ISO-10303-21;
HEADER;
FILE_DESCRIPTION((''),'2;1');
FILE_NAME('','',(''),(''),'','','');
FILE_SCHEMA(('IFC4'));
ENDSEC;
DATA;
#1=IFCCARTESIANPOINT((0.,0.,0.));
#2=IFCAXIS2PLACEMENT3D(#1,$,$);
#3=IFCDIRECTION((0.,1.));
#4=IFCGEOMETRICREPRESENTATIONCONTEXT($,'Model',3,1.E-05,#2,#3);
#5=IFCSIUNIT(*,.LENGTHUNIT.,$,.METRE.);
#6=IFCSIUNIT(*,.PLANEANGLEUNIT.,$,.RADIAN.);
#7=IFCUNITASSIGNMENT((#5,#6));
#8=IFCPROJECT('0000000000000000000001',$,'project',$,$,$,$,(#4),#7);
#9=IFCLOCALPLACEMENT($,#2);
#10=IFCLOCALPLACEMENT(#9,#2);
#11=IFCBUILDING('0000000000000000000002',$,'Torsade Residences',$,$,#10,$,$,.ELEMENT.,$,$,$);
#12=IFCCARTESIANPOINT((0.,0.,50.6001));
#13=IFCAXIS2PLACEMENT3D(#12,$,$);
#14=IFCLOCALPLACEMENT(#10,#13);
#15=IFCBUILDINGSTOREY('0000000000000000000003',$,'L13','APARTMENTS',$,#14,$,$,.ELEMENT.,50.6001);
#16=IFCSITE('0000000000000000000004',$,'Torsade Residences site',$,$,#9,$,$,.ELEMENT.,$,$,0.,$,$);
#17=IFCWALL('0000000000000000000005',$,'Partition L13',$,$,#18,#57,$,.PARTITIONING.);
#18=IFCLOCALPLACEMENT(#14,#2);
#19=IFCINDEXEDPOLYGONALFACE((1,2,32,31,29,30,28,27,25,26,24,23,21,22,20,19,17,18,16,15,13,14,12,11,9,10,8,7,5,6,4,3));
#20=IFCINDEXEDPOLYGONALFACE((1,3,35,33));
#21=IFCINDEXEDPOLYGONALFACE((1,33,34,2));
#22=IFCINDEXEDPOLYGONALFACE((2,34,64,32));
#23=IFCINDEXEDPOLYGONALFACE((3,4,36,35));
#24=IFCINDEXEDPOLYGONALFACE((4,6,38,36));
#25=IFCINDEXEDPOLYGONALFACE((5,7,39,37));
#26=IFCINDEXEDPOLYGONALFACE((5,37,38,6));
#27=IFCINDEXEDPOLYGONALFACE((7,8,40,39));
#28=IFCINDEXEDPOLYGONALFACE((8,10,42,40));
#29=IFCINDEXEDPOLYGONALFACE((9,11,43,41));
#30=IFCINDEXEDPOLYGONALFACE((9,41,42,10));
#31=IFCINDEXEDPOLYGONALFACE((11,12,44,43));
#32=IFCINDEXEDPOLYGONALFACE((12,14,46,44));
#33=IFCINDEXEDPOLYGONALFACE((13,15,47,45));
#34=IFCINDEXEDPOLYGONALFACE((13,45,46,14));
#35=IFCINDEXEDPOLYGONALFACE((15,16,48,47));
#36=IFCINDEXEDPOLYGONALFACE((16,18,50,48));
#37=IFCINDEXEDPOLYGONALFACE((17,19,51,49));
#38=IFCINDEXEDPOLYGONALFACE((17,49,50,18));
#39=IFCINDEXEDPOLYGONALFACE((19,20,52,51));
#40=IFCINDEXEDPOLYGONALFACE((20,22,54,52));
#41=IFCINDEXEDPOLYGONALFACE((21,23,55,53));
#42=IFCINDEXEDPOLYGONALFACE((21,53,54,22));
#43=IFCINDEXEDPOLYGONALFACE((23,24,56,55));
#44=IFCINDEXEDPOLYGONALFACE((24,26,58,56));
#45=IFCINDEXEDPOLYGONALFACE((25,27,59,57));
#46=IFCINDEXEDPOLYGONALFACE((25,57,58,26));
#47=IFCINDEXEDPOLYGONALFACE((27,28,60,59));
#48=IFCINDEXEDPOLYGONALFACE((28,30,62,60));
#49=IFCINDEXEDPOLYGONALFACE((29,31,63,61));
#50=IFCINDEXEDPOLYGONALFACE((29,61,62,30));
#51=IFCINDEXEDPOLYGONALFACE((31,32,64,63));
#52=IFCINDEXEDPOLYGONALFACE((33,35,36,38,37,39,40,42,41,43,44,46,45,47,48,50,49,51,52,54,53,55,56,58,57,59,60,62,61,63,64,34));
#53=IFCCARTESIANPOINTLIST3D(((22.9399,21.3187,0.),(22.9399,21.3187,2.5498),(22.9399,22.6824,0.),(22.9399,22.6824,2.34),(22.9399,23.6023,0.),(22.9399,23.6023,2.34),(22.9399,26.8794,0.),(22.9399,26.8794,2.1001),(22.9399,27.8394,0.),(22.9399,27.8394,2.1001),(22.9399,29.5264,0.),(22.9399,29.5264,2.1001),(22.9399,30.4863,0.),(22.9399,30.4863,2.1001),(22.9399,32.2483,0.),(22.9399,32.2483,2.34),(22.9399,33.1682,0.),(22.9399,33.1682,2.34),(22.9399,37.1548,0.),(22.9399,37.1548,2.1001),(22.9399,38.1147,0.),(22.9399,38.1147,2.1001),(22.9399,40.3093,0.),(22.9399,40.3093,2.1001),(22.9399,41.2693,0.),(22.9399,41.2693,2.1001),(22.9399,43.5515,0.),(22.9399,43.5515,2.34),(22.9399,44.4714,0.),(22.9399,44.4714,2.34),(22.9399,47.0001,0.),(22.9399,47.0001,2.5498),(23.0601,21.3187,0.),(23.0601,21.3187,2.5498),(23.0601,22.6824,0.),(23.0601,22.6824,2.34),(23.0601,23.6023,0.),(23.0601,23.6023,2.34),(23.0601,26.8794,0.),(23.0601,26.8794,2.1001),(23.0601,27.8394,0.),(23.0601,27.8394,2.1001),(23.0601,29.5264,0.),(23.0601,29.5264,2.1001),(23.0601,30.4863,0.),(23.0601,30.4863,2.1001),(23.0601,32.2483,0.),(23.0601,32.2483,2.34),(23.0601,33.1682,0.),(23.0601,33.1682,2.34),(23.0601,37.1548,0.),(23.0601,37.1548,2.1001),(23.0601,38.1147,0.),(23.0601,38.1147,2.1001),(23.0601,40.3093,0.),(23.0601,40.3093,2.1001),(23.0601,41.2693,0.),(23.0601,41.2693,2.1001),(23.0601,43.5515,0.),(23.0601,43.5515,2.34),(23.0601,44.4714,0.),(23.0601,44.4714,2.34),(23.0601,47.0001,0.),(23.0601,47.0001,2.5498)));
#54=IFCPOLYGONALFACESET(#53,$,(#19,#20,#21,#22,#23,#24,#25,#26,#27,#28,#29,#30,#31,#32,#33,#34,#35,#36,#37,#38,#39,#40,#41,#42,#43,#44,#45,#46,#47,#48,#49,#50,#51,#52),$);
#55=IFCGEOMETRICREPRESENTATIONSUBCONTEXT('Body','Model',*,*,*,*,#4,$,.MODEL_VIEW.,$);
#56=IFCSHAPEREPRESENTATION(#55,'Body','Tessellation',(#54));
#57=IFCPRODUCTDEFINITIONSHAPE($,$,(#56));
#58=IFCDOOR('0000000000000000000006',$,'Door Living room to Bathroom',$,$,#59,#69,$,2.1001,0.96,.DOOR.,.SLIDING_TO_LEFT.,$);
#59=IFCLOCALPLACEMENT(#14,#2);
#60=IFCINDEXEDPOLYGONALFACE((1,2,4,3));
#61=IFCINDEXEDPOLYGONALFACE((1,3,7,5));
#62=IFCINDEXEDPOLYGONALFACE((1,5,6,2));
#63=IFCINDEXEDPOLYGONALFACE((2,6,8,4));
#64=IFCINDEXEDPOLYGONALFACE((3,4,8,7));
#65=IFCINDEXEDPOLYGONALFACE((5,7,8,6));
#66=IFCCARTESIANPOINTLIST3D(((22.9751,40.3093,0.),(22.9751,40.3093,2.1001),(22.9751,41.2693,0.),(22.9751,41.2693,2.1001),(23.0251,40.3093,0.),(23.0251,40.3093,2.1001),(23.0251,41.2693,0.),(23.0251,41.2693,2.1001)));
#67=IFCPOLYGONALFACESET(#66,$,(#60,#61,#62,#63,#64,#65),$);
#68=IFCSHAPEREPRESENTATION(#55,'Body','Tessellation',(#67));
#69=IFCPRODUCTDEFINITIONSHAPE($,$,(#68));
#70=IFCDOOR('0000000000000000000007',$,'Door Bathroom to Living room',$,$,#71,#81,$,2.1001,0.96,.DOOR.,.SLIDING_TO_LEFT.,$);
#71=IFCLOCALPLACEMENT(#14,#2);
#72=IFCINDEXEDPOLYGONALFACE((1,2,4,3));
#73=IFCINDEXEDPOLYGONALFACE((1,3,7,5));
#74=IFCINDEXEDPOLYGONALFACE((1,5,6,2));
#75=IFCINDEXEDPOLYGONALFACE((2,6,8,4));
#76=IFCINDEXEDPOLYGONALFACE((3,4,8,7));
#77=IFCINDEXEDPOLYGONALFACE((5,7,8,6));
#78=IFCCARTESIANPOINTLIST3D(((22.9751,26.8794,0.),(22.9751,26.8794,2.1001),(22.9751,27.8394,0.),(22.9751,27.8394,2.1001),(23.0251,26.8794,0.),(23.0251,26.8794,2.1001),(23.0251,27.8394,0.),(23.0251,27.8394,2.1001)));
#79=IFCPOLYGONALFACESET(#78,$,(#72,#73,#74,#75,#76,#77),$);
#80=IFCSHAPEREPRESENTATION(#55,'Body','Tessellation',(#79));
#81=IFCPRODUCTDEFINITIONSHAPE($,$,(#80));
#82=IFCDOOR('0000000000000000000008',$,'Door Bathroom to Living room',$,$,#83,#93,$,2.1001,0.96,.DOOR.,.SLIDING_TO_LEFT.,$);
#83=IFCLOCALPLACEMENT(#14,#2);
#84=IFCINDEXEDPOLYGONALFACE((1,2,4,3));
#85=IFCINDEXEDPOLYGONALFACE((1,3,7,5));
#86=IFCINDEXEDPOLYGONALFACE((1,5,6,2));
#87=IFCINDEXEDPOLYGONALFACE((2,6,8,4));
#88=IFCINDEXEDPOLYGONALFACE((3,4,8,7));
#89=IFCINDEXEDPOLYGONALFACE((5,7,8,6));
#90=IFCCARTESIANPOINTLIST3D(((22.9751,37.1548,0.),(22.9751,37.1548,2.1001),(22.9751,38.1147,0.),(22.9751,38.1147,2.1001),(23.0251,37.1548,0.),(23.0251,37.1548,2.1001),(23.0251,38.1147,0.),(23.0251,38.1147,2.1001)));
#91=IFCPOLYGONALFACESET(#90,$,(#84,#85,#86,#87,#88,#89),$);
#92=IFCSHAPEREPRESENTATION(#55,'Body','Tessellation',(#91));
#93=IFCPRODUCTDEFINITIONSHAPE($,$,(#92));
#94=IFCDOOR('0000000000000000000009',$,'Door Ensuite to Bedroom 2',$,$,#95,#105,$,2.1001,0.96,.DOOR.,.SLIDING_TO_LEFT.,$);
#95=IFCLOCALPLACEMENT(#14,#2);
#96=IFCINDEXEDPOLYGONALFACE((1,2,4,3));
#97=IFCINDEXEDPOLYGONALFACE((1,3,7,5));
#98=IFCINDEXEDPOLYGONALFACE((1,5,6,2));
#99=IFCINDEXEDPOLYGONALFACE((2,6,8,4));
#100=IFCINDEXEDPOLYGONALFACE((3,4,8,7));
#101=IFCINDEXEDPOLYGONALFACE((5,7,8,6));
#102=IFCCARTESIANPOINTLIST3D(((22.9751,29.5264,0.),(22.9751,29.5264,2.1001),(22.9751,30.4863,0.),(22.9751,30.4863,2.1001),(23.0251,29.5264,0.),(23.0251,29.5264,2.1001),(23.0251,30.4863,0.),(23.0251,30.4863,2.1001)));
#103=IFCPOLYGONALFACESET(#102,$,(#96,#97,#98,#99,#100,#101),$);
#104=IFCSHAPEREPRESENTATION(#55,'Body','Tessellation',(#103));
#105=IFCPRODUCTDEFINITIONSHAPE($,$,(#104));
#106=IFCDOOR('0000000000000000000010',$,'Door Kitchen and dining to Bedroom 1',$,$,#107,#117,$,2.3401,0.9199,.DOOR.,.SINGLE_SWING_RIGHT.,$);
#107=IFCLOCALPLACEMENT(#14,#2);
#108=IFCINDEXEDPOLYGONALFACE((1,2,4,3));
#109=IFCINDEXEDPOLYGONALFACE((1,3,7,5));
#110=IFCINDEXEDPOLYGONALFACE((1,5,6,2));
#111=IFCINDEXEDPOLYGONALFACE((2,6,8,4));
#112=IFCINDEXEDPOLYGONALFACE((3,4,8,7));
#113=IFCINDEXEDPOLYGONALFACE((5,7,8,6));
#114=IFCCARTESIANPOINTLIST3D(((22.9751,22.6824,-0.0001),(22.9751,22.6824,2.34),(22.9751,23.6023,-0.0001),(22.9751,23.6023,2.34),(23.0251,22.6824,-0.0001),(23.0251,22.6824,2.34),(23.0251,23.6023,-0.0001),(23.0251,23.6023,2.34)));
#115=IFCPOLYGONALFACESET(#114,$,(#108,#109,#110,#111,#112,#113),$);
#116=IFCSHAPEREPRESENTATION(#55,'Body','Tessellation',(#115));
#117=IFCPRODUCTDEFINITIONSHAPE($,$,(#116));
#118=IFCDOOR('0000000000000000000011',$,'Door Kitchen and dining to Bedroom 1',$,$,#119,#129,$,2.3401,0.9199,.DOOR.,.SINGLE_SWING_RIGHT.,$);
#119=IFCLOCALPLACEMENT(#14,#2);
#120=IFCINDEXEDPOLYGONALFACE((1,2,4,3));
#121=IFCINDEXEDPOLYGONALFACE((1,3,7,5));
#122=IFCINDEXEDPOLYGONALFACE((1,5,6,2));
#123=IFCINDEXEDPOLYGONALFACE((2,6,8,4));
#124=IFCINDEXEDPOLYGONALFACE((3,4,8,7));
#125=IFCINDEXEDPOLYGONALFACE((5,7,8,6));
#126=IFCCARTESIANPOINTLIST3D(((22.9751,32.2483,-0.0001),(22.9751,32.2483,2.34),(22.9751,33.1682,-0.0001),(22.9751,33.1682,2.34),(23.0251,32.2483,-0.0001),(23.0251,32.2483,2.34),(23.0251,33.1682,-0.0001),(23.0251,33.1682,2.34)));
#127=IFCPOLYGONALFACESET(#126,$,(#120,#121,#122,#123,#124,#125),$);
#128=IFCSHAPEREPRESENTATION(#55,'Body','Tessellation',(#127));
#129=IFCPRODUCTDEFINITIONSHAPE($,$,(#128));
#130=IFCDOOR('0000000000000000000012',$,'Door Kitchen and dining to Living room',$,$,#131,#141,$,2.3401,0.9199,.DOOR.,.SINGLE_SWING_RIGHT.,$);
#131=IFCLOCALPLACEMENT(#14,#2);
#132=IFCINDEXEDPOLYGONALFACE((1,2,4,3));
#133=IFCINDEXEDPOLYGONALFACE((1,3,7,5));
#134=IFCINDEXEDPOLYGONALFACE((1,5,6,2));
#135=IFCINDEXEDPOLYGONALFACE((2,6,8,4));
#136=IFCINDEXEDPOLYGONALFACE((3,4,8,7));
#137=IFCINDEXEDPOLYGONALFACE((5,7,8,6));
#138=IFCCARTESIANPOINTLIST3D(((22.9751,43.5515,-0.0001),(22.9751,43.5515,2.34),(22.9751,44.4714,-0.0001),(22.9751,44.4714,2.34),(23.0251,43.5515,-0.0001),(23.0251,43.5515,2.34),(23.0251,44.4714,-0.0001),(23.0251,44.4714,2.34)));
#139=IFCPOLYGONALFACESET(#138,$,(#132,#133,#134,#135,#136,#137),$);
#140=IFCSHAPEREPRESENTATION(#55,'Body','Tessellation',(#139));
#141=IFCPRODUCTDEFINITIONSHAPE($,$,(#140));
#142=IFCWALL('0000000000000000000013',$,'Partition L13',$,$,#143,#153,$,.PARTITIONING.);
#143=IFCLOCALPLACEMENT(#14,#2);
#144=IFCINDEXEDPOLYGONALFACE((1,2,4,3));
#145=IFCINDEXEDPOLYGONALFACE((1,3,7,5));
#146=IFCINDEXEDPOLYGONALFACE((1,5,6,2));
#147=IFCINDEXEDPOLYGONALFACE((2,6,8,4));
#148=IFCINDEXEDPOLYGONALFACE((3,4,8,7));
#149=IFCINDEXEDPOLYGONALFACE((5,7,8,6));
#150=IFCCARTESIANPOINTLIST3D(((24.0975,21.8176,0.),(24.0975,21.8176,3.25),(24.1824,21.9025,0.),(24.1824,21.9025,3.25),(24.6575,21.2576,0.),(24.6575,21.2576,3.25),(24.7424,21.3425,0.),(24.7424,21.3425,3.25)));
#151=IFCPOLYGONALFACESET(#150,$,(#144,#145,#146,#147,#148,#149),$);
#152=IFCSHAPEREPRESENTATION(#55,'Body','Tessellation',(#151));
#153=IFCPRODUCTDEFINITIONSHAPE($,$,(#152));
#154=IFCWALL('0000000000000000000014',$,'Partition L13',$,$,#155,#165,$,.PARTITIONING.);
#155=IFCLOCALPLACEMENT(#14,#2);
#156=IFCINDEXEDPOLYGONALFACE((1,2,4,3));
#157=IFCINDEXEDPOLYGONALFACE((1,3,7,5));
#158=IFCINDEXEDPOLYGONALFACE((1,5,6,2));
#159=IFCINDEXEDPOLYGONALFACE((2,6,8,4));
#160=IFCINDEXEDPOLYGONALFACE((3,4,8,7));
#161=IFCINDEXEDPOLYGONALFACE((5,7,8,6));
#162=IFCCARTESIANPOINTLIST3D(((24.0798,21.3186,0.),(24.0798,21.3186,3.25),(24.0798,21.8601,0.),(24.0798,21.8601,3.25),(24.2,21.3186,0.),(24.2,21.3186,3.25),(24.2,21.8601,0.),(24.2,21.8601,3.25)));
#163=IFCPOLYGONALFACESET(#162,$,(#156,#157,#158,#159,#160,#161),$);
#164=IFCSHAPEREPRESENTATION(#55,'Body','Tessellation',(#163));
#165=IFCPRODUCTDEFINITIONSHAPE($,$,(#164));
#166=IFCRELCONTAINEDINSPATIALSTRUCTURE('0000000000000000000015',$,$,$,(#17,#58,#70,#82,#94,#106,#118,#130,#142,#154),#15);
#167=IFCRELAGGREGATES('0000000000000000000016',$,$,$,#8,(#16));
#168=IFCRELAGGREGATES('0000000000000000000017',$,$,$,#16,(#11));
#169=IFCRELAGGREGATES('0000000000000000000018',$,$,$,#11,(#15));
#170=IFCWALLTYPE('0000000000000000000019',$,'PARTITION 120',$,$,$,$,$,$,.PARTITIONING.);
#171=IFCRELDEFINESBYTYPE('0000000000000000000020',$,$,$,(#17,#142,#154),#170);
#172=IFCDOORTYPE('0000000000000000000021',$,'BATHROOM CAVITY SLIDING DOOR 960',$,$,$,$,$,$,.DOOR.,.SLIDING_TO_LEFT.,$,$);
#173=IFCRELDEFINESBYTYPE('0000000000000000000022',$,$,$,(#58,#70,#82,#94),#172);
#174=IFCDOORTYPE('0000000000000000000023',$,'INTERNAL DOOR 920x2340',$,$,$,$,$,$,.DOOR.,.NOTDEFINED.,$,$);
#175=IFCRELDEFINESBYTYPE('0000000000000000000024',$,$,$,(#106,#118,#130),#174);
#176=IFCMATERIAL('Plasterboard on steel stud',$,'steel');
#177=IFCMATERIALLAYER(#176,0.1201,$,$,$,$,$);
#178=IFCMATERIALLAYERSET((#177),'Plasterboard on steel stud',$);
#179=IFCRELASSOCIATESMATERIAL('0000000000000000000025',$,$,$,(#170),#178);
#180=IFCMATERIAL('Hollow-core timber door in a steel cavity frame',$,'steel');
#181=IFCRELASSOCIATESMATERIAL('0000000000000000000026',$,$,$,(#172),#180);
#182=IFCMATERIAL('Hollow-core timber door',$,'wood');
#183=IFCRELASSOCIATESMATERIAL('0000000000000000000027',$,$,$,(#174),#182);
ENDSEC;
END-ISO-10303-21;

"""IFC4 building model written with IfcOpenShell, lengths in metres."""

from ifc_helpers import new_model, si_unit, direction, frame, frame_2d, origin, place, context, subcontext, project, spatial, rectangle, extrude, material, layer, layer_set, type_object, element, fill, save


model = new_model("IFC4")

# Units and contexts
model_context = context("Model", 3, precision=1e-05, world=origin(), true_north=direction((0.0, 1.0)))
body_context = subcontext(model_context, "Body", "Model", "MODEL_VIEW")
ifc_project = project(units=[si_unit("LENGTHUNIT", "METRE"), si_unit("PLANEANGLEUNIT", "RADIAN")], contexts=[model_context])

# Site, building, storey
site_placement = place(None, origin())
site = spatial("IfcSite", under=ifc_project, at=site_placement, Name="Torsade Residences site", CompositionType="ELEMENT", RefElevation=0.0)
building_placement = place(site_placement, origin())
building = spatial("IfcBuilding", under=site, at=building_placement, Name="Torsade Residences", CompositionType="ELEMENT")
storey_placement = place(building_placement, frame((0.0, 0.0, 50.6001)))
storey = spatial("IfcBuildingStorey", under=building, at=storey_placement, Name="L13", Description="APARTMENTS", CompositionType="ELEMENT", Elevation=50.6001)

# Shared definitions
ifc_material_1 = material(Name="Plasterboard on steel stud", Category="steel")
ifc_layer_1 = layer(ifc_material_1, 0.1201)
ifc_layer_set_1 = layer_set([ifc_layer_1], Name="Plasterboard on steel stud")
wall_type_1 = type_object("IfcWallType", Name="PARTITION 120", PredefinedType="PARTITIONING", material=ifc_layer_set_1)
ifc_material_2 = material(Name="Hollow-core timber door in a steel cavity frame", Category="steel")
door_type_1 = type_object("IfcDoorType", Name="BATHROOM CAVITY SLIDING DOOR 960", OperationType="SLIDING_TO_LEFT", PredefinedType="DOOR", material=ifc_material_2)

# Wall, openings, doors
wall_1_placement = place(storey_placement, frame((23.0, 21.3186, 0.0), z_axis=(0.0, 0.0, 1.0), x_axis=(0.0, 1.0, 0.0)))
wall_1 = element("IfcWall", 1, at=wall_1_placement, inside=storey, type_object=wall_type_1, Name="Partition L13", PredefinedType="PARTITIONING", context=body_context, shape_type="SweptSolid", body=[
    extrude(rectangle(XDim=25.6814, YDim=0.1201, at=frame_2d((12.8408, 0.0))), origin(), (0.0, 0.0, 1.0), 2.5498),
])
opening_1_placement = place(wall_1_placement, frame((1.3638, 0.0, 0.0)))
opening_1 = element("IfcOpeningElement", 2, at=opening_1_placement, cuts=wall_1, PredefinedType="OPENING", context=body_context, shape_type="SweptSolid", body=[
    extrude(rectangle(XDim=0.9199, YDim=2.3401, at=frame_2d((0.46, 1.1699))), frame((0.0, 0.0701, 0.0), z_axis=(0.0, -1.0, 0.0), x_axis=(1.0, 0.0, 0.0)), (0.0, 0.0, 1.0), 0.1401),
])
opening_2_placement = place(wall_1_placement, frame((10.9297, 0.0, 0.0)))
opening_2 = element("IfcOpeningElement", 3, at=opening_2_placement, cuts=wall_1, PredefinedType="OPENING", context=body_context, shape_type="SweptSolid", body=[
    extrude(rectangle(XDim=0.9199, YDim=2.3401, at=frame_2d((0.46, 1.1699))), frame((0.0, 0.0701, 0.0), z_axis=(0.0, -1.0, 0.0), x_axis=(1.0, 0.0, 0.0)), (0.0, 0.0, 1.0), 0.1401),
])
opening_3_placement = place(wall_1_placement, frame((22.2329, 0.0, 0.0)))
opening_3 = element("IfcOpeningElement", 4, at=opening_3_placement, cuts=wall_1, PredefinedType="OPENING", context=body_context, shape_type="SweptSolid", body=[
    extrude(rectangle(XDim=0.9199, YDim=2.3401, at=frame_2d((0.46, 1.1699))), frame((0.0, 0.0701, 0.0), z_axis=(0.0, -1.0, 0.0), x_axis=(1.0, 0.0, 0.0)), (0.0, 0.0, 1.0), 0.1401),
])
opening_4_placement = place(wall_1_placement, frame((18.9907, 0.0, 0.0)))
opening_4 = element("IfcOpeningElement", 5, at=opening_4_placement, cuts=wall_1, PredefinedType="OPENING", context=body_context, shape_type="SweptSolid", body=[
    extrude(rectangle(XDim=0.96, YDim=2.1001, at=frame_2d((0.48, 1.05))), frame((0.0, 0.0701, 0.0), z_axis=(0.0, -1.0, 0.0), x_axis=(1.0, 0.0, 0.0)), (0.0, 0.0, 1.0), 0.1401),
])
opening_5_placement = place(wall_1_placement, frame((5.5608, 0.0, 0.0)))
opening_5 = element("IfcOpeningElement", 6, at=opening_5_placement, cuts=wall_1, PredefinedType="OPENING", context=body_context, shape_type="SweptSolid", body=[
    extrude(rectangle(XDim=0.96, YDim=2.1001, at=frame_2d((0.48, 1.05))), frame((0.0, 0.0701, 0.0), z_axis=(0.0, -1.0, 0.0), x_axis=(1.0, 0.0, 0.0)), (0.0, 0.0, 1.0), 0.1401),
])
opening_6_placement = place(wall_1_placement, frame((15.8362, 0.0, 0.0)))
opening_6 = element("IfcOpeningElement", 7, at=opening_6_placement, cuts=wall_1, PredefinedType="OPENING", context=body_context, shape_type="SweptSolid", body=[
    extrude(rectangle(XDim=0.96, YDim=2.1001, at=frame_2d((0.48, 1.05))), frame((0.0, 0.0701, 0.0), z_axis=(0.0, -1.0, 0.0), x_axis=(1.0, 0.0, 0.0)), (0.0, 0.0, 1.0), 0.1401),
])
opening_7_placement = place(wall_1_placement, frame((8.2078, 0.0, 0.0)))
opening_7 = element("IfcOpeningElement", 8, at=opening_7_placement, cuts=wall_1, PredefinedType="OPENING", context=body_context, shape_type="SweptSolid", body=[
    extrude(rectangle(XDim=0.96, YDim=2.1001, at=frame_2d((0.48, 1.05))), frame((0.0, 0.0701, 0.0), z_axis=(0.0, -1.0, 0.0), x_axis=(1.0, 0.0, 0.0)), (0.0, 0.0, 1.0), 0.1401),
])
door_1_placement = place(opening_4_placement, origin())
door_1 = element("IfcDoor", 9, at=door_1_placement, inside=storey, type_object=door_type_1, Name="Door Living room to Bathroom", OperationType="SLIDING_TO_LEFT", OverallHeight=2.1001, OverallWidth=0.96, PredefinedType="DOOR", context=body_context, shape_type="SweptSolid", body=[
    extrude(rectangle(XDim=0.96, YDim=2.1001, at=frame_2d((0.48, 1.05))), frame((0.0, 0.0249, 0.0), z_axis=(0.0, -1.0, 0.0), x_axis=(1.0, 0.0, 0.0)), (0.0, 0.0, 1.0), 0.05),
])
fill(opening_4, door_1)
door_2_placement = place(opening_5_placement, origin())
door_2 = element("IfcDoor", 10, at=door_2_placement, inside=storey, type_object=door_type_1, Name="Door Bathroom to Living room", OperationType="SLIDING_TO_LEFT", OverallHeight=2.1001, OverallWidth=0.96, PredefinedType="DOOR", context=body_context, shape_type="SweptSolid", body=[
    extrude(rectangle(XDim=0.96, YDim=2.1001, at=frame_2d((0.48, 1.05))), frame((0.0, 0.0249, 0.0), z_axis=(0.0, -1.0, 0.0), x_axis=(1.0, 0.0, 0.0)), (0.0, 0.0, 1.0), 0.05),
])
fill(opening_5, door_2)
door_3_placement = place(opening_6_placement, origin())
door_3 = element("IfcDoor", 11, at=door_3_placement, inside=storey, type_object=door_type_1, Name="Door Bathroom to Living room", OperationType="SLIDING_TO_LEFT", OverallHeight=2.1001, OverallWidth=0.96, PredefinedType="DOOR", context=body_context, shape_type="SweptSolid", body=[
    extrude(rectangle(XDim=0.96, YDim=2.1001, at=frame_2d((0.48, 1.05))), frame((0.0, 0.0249, 0.0), z_axis=(0.0, -1.0, 0.0), x_axis=(1.0, 0.0, 0.0)), (0.0, 0.0, 1.0), 0.05),
])
fill(opening_6, door_3)
door_4_placement = place(opening_7_placement, origin())
door_4 = element("IfcDoor", 12, at=door_4_placement, inside=storey, type_object=door_type_1, Name="Door Ensuite to Bedroom 2", OperationType="SLIDING_TO_LEFT", OverallHeight=2.1001, OverallWidth=0.96, PredefinedType="DOOR", context=body_context, shape_type="SweptSolid", body=[
    extrude(rectangle(XDim=0.96, YDim=2.1001, at=frame_2d((0.48, 1.05))), frame((0.0, 0.0249, 0.0), z_axis=(0.0, -1.0, 0.0), x_axis=(1.0, 0.0, 0.0)), (0.0, 0.0, 1.0), 0.05),
])
fill(opening_7, door_4)
ifc_material_3 = material(Name="Hollow-core timber door", Category="wood")
door_type_2 = type_object("IfcDoorType", Name="INTERNAL DOOR 920x2340", OperationType="NOTDEFINED", PredefinedType="DOOR", material=ifc_material_3)
door_5_placement = place(opening_1_placement, origin())
door_5 = element("IfcDoor", 13, at=door_5_placement, inside=storey, type_object=door_type_2, Name="Door Kitchen and dining to Bedroom 1", OperationType="SINGLE_SWING_RIGHT", OverallHeight=2.3401, OverallWidth=0.9199, PredefinedType="DOOR", context=body_context, shape_type="SweptSolid", body=[
    extrude(rectangle(XDim=0.9199, YDim=2.3401, at=frame_2d((0.46, 1.1699))), frame((0.0, 0.0249, 0.0), z_axis=(0.0, -1.0, 0.0), x_axis=(1.0, 0.0, 0.0)), (0.0, 0.0, 1.0), 0.05),
])
fill(opening_1, door_5)
door_6_placement = place(opening_2_placement, origin())
door_6 = element("IfcDoor", 14, at=door_6_placement, inside=storey, type_object=door_type_2, Name="Door Kitchen and dining to Bedroom 1", OperationType="SINGLE_SWING_RIGHT", OverallHeight=2.3401, OverallWidth=0.9199, PredefinedType="DOOR", context=body_context, shape_type="SweptSolid", body=[
    extrude(rectangle(XDim=0.9199, YDim=2.3401, at=frame_2d((0.46, 1.1699))), frame((0.0, 0.0249, 0.0), z_axis=(0.0, -1.0, 0.0), x_axis=(1.0, 0.0, 0.0)), (0.0, 0.0, 1.0), 0.05),
])
fill(opening_2, door_6)
door_7_placement = place(opening_3_placement, origin())
door_7 = element("IfcDoor", 15, at=door_7_placement, inside=storey, type_object=door_type_2, Name="Door Kitchen and dining to Living room", OperationType="SINGLE_SWING_RIGHT", OverallHeight=2.3401, OverallWidth=0.9199, PredefinedType="DOOR", context=body_context, shape_type="SweptSolid", body=[
    extrude(rectangle(XDim=0.9199, YDim=2.3401, at=frame_2d((0.46, 1.1699))), frame((0.0, 0.0249, 0.0), z_axis=(0.0, -1.0, 0.0), x_axis=(1.0, 0.0, 0.0)), (0.0, 0.0, 1.0), 0.05),
])
fill(opening_3, door_7)

# Walls
wall_2_placement = place(storey_placement, frame((24.7, 21.3, 0.0), z_axis=(0.0, 0.0, 1.0), x_axis=(-0.707107, 0.707107, 0.0)))
element("IfcWall", 16, at=wall_2_placement, inside=storey, type_object=wall_type_1, Name="Partition L13", PredefinedType="PARTITIONING", context=body_context, shape_type="SweptSolid", body=[
    extrude(rectangle(XDim=0.792, YDim=0.1201, at=frame_2d((0.396, 0.0))), origin(), (0.0, 0.0, 1.0), 3.25),
])
wall_3_placement = place(storey_placement, frame((24.1399, 21.8601, 0.0), z_axis=(0.0, 0.0, 1.0), x_axis=(0.0, -1.0, 0.0)))
element("IfcWall", 17, at=wall_3_placement, inside=storey, type_object=wall_type_1, Name="Partition L13", PredefinedType="PARTITIONING", context=body_context, shape_type="SweptSolid", body=[
    extrude(rectangle(XDim=0.5415, YDim=0.1201, at=frame_2d((0.2708, 0.0))), origin(), (0.0, 0.0, 1.0), 3.25),
])

save(model, "model.ifc")
